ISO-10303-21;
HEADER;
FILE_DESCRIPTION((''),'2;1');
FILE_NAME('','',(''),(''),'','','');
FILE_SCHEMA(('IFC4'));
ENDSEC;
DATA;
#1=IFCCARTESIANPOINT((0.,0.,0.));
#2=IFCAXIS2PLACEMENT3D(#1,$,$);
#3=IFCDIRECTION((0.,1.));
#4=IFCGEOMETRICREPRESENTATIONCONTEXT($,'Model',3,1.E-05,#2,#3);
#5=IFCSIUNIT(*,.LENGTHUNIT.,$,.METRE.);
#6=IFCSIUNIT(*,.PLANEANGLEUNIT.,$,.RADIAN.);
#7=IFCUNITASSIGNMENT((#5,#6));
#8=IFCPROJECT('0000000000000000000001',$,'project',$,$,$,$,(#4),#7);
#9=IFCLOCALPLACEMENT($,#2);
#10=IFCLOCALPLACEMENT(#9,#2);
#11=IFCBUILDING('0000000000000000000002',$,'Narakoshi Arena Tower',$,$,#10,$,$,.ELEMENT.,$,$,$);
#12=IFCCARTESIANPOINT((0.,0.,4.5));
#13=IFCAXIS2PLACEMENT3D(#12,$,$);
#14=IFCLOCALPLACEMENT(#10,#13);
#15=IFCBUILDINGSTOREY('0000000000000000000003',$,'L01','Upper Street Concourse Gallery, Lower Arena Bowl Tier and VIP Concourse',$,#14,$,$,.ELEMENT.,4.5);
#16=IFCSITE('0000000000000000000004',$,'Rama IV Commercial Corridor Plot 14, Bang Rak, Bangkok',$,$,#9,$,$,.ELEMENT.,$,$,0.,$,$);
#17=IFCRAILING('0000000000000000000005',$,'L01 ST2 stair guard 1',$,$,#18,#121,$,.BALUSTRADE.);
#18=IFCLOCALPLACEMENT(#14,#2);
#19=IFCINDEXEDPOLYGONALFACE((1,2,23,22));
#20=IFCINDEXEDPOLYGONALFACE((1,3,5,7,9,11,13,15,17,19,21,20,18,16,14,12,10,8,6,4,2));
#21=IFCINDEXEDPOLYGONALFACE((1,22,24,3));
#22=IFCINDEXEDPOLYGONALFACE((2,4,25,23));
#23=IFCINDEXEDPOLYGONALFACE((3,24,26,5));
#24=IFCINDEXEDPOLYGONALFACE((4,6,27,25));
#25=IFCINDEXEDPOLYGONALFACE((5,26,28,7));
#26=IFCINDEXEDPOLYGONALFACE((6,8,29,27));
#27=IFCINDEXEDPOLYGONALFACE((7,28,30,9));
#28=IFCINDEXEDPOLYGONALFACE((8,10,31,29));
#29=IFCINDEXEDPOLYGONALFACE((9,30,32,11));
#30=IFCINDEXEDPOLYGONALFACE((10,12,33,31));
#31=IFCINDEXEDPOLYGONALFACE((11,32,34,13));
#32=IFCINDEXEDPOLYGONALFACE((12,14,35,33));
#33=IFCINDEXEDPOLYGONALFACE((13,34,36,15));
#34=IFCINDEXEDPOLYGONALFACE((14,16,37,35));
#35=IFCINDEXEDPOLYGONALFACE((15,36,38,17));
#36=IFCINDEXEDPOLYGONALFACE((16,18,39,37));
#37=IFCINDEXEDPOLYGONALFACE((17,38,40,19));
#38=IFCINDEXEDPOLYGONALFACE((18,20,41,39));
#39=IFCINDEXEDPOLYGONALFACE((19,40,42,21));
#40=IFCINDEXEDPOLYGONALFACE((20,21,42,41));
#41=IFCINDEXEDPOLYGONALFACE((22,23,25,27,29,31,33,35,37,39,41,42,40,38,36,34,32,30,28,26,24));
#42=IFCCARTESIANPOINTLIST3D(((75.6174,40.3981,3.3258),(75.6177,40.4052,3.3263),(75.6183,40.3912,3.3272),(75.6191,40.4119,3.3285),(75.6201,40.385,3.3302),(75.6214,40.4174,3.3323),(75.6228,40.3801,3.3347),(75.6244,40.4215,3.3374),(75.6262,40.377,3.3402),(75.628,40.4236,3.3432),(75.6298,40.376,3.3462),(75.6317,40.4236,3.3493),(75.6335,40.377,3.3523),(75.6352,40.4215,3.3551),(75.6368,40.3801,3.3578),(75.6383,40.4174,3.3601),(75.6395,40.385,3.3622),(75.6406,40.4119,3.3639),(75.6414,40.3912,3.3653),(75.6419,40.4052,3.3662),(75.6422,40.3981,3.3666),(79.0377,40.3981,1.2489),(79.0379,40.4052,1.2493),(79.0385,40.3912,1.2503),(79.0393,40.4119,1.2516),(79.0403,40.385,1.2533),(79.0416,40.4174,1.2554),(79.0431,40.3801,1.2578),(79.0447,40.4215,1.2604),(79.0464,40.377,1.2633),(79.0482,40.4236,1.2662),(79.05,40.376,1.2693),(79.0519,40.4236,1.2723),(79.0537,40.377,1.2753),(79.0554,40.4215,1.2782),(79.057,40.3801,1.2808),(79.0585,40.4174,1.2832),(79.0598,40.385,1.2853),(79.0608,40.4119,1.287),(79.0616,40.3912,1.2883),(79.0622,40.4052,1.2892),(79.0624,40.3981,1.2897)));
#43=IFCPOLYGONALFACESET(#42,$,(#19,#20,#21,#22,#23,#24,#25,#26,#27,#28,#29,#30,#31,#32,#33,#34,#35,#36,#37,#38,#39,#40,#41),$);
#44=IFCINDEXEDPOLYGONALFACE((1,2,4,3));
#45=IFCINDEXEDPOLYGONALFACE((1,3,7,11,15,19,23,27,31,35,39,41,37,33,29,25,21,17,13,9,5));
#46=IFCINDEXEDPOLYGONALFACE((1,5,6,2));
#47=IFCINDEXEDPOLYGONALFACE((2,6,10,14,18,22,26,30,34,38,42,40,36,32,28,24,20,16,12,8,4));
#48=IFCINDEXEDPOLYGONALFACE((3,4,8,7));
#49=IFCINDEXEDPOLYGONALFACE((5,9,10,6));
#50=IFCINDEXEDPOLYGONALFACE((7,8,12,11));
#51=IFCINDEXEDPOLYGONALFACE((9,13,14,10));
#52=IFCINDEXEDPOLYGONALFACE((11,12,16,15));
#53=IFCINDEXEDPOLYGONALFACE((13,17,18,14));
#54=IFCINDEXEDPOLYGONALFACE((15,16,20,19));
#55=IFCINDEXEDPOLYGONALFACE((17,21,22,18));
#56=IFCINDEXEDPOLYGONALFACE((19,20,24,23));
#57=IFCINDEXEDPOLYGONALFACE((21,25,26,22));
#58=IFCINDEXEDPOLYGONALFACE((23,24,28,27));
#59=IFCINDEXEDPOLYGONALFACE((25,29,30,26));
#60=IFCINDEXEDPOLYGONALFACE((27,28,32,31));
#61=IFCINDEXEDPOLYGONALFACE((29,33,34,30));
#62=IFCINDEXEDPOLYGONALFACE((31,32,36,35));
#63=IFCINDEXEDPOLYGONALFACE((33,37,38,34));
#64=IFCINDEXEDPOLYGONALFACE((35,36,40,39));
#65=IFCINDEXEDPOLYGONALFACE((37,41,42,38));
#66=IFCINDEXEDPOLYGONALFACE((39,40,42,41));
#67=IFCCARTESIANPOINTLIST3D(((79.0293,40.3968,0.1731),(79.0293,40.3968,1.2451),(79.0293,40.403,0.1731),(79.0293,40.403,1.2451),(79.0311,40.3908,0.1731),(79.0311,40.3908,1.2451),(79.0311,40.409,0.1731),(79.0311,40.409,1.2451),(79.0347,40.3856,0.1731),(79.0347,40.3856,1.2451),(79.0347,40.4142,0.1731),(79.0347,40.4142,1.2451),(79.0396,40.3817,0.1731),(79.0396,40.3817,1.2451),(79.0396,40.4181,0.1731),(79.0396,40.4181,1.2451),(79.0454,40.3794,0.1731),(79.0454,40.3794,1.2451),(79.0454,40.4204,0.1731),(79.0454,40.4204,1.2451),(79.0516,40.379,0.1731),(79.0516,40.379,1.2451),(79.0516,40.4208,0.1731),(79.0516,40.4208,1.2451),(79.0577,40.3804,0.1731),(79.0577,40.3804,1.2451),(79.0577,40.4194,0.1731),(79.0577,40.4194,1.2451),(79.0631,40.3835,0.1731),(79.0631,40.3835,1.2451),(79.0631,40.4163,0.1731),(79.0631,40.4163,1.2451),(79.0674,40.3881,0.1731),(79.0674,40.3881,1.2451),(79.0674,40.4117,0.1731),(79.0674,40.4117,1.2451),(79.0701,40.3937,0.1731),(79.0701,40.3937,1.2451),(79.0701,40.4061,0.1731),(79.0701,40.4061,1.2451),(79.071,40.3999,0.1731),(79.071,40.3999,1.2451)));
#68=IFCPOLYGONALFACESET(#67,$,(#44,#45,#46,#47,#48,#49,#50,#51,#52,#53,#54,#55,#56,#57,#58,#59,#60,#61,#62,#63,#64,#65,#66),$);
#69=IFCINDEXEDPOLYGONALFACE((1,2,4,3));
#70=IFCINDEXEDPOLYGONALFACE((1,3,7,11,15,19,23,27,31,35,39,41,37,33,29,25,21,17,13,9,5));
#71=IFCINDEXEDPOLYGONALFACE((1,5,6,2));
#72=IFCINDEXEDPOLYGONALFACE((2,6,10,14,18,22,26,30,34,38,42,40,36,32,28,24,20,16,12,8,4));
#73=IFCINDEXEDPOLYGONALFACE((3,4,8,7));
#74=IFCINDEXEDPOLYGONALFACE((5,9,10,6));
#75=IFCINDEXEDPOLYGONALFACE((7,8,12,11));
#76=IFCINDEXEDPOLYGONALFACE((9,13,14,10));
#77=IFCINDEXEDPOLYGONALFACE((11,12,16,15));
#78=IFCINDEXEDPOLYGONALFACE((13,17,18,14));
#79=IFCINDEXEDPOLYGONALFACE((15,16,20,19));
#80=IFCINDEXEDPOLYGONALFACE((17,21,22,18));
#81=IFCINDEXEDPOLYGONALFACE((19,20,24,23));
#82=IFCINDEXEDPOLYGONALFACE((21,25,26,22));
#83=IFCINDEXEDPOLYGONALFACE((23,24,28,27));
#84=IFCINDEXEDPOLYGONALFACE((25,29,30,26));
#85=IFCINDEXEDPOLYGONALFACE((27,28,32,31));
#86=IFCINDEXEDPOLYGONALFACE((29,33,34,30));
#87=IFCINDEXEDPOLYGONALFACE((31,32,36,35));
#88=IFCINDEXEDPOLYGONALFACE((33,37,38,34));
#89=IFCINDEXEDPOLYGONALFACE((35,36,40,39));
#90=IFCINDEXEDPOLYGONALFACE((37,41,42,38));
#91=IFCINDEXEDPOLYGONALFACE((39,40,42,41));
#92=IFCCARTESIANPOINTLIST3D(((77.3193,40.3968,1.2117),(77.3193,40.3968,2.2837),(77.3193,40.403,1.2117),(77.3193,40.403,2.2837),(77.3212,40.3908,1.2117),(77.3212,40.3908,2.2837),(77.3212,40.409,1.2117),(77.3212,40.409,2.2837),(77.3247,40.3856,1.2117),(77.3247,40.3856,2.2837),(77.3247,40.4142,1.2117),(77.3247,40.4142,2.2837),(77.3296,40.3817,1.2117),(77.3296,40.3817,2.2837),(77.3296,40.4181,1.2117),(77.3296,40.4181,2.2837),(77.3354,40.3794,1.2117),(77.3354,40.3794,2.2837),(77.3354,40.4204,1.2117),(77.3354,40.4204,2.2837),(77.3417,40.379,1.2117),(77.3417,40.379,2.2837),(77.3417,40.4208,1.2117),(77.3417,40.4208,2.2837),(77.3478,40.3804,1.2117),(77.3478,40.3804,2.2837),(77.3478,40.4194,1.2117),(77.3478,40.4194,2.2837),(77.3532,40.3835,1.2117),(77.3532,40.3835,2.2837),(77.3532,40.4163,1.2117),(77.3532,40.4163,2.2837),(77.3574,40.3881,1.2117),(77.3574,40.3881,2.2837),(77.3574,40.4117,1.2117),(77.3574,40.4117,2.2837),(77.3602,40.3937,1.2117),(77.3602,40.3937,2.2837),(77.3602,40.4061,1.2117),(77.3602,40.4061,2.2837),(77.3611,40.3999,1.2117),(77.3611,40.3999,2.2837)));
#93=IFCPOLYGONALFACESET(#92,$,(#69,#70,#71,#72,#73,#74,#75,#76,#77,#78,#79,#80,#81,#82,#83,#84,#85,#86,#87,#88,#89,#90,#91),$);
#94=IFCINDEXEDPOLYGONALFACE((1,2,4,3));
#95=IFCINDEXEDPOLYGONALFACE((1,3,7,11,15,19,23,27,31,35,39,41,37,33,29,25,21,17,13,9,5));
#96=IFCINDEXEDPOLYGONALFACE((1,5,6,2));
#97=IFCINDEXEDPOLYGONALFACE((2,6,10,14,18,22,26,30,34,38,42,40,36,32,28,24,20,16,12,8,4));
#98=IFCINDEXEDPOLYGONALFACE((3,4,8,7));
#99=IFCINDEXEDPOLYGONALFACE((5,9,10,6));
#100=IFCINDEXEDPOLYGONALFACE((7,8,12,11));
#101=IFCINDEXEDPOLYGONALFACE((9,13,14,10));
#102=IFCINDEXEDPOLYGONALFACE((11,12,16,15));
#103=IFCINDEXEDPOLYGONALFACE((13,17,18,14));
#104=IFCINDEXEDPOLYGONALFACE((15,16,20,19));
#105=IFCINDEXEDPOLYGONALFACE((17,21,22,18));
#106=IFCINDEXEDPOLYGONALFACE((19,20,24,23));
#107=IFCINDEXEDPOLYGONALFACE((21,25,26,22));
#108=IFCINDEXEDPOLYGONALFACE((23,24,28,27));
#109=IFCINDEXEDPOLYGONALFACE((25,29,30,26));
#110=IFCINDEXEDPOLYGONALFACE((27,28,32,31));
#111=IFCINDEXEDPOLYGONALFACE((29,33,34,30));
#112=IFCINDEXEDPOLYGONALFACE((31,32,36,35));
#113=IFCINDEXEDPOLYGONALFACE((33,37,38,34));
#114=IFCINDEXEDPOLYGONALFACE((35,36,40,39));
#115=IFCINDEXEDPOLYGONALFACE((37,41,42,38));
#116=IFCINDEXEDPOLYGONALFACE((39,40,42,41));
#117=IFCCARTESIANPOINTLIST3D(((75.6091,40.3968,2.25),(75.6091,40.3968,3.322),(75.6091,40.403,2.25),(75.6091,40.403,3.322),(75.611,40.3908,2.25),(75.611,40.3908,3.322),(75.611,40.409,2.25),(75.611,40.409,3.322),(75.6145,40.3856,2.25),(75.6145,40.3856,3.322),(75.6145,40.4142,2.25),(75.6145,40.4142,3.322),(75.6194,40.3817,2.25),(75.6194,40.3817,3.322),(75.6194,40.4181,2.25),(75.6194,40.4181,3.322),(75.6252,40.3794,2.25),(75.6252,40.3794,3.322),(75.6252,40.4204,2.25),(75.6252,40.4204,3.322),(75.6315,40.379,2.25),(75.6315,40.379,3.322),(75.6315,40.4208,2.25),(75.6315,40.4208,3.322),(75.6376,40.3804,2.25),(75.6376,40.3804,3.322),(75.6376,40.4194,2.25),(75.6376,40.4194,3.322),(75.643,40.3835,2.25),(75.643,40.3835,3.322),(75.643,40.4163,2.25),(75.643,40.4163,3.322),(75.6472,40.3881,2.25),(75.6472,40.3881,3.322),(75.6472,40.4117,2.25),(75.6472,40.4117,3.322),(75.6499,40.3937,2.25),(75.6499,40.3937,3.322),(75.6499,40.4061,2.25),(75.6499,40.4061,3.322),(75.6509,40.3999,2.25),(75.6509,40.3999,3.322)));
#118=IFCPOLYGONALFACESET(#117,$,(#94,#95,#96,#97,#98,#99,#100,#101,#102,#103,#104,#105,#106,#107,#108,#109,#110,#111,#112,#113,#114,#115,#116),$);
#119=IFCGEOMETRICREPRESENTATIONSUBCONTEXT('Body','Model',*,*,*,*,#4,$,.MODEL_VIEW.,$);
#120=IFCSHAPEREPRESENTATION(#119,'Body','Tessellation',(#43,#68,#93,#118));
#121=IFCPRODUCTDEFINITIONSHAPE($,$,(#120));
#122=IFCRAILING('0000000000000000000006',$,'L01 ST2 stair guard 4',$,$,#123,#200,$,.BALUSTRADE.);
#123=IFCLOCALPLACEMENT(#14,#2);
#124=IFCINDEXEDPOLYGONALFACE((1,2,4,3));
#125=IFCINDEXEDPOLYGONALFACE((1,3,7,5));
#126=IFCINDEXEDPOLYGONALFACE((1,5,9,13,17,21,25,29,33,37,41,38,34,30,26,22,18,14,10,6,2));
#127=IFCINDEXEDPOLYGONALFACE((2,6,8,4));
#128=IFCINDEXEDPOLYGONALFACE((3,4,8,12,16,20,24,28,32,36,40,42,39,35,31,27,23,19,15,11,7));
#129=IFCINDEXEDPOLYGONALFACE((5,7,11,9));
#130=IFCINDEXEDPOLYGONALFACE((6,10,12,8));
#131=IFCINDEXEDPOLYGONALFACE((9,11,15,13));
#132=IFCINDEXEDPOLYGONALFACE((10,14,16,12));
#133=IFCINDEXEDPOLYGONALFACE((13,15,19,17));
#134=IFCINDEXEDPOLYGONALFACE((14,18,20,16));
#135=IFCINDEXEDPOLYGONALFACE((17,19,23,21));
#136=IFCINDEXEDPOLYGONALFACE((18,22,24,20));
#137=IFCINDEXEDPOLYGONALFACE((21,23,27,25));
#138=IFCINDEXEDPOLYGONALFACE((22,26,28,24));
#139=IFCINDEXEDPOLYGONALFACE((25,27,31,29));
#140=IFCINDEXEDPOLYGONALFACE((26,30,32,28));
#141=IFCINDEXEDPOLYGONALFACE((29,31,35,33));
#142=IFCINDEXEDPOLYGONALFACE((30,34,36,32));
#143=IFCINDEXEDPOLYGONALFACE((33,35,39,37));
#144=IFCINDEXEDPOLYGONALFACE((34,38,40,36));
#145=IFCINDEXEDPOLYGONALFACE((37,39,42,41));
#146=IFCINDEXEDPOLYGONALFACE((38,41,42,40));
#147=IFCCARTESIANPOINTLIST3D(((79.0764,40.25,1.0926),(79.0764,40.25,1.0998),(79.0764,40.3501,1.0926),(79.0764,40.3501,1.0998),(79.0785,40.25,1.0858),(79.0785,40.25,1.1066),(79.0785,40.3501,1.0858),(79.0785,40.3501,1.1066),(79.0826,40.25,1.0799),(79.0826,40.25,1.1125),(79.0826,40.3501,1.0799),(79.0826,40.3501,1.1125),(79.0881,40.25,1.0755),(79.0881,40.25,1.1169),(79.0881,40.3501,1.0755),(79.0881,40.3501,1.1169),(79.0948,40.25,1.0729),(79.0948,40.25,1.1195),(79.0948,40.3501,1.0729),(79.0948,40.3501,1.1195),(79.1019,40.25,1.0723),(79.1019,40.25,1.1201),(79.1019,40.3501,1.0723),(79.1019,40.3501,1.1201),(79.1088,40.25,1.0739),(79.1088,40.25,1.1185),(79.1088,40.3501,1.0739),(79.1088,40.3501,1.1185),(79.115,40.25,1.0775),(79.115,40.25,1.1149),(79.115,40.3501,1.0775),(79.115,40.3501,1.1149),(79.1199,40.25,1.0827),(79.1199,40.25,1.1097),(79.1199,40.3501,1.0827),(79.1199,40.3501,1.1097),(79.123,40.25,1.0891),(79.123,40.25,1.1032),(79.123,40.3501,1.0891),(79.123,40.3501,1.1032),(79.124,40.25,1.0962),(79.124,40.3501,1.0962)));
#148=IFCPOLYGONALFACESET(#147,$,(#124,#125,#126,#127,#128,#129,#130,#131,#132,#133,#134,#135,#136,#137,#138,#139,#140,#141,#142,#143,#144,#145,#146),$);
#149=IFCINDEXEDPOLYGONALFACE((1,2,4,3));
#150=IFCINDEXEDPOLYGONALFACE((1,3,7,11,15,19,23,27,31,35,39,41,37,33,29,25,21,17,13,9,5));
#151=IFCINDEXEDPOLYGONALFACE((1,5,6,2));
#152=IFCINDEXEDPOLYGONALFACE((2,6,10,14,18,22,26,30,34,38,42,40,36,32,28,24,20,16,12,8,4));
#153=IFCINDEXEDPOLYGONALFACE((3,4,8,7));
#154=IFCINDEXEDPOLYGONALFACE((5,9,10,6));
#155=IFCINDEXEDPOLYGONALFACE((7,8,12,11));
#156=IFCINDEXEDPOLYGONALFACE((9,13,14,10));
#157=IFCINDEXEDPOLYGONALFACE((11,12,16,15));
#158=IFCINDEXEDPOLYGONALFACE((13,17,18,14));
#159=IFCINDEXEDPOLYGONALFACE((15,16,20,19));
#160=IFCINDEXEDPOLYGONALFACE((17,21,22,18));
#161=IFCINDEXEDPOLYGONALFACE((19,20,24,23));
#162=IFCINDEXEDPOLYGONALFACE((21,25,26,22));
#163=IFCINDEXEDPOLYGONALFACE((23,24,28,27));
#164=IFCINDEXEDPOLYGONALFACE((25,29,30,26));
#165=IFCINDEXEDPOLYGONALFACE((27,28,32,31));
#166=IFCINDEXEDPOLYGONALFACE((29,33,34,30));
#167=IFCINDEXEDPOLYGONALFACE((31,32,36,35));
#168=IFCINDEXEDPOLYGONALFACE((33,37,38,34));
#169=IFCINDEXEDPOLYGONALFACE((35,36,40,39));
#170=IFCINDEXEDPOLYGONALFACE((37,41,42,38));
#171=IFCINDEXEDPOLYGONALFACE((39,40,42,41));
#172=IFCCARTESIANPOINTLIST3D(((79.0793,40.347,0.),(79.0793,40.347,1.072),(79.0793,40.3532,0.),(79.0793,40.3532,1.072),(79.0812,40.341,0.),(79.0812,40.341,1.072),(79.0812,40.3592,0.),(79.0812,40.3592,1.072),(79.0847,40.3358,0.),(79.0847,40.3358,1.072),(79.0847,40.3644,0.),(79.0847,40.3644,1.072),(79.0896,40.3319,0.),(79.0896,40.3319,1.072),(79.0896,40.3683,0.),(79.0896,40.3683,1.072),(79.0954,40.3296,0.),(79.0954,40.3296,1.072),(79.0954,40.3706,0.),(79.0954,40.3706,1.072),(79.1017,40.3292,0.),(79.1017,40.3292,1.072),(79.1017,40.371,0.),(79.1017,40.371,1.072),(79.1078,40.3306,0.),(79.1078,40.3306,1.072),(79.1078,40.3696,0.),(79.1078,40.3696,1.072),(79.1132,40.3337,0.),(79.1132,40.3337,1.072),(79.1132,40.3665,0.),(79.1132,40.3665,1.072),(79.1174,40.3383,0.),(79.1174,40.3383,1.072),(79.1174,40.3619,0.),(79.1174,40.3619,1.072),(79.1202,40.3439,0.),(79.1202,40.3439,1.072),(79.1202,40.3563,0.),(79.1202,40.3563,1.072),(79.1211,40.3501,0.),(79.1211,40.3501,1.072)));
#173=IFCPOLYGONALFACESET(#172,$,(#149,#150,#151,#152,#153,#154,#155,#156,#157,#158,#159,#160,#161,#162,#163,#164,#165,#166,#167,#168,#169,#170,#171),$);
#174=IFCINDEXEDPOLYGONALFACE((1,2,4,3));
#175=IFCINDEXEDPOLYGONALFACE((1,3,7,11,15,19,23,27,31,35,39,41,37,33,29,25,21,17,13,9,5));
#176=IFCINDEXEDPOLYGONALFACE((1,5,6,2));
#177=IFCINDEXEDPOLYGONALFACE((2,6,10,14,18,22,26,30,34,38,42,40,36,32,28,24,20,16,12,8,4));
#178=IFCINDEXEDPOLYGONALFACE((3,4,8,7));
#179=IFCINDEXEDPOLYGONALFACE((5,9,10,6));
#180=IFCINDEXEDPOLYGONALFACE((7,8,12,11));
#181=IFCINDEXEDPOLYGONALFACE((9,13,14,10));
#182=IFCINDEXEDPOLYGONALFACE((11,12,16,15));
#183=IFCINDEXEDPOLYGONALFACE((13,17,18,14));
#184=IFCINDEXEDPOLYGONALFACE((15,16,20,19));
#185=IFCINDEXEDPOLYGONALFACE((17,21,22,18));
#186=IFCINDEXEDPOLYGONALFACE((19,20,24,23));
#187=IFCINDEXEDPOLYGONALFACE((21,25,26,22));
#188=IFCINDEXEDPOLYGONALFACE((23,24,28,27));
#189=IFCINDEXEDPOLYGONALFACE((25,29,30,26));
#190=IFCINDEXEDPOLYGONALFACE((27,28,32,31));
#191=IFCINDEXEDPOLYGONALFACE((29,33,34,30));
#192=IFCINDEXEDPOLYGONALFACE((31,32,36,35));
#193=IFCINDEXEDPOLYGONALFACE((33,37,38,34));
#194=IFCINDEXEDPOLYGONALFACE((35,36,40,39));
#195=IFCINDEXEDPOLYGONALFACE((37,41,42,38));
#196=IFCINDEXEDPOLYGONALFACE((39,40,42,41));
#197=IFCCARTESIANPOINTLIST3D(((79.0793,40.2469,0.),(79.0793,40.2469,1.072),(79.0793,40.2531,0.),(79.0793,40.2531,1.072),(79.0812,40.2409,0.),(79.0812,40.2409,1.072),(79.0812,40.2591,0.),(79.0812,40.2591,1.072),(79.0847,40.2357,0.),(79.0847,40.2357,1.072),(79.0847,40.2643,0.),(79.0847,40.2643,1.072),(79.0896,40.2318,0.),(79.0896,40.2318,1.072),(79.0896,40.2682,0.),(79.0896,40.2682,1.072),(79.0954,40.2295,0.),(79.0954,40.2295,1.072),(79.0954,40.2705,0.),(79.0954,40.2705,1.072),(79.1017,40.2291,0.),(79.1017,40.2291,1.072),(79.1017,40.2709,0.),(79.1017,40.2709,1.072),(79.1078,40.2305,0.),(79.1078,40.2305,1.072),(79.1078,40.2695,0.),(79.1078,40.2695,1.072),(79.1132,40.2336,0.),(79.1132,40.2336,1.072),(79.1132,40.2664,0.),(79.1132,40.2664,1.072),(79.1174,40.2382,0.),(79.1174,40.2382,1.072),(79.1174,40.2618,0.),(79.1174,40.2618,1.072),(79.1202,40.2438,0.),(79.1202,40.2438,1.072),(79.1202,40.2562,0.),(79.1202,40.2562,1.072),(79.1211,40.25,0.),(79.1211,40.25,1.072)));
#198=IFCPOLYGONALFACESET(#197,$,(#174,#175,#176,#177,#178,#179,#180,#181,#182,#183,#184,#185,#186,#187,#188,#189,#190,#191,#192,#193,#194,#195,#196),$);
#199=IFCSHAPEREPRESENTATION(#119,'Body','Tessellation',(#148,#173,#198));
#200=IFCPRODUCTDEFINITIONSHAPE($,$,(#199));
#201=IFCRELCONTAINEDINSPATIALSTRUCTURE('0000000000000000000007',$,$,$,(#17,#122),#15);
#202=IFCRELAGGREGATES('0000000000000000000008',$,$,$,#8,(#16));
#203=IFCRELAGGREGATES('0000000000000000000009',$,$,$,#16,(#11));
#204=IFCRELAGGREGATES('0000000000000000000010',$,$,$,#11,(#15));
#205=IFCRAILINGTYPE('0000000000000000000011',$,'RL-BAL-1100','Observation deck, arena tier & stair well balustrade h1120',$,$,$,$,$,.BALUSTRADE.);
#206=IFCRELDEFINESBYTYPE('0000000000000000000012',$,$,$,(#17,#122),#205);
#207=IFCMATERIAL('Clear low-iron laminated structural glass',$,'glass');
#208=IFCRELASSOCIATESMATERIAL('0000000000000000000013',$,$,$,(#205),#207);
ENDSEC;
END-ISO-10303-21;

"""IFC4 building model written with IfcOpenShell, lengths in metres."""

from ifc_helpers import new_model, si_unit, direction, frame, origin, origin_2d, place, context, subcontext, project, spatial, circle, extrude, material, type_object, element, save


model = new_model("IFC4")

# Units and contexts
model_context = context("Model", 3, precision=1e-05, world=origin(), true_north=direction((0.0, 1.0)))
body_context = subcontext(model_context, "Body", "Model", "MODEL_VIEW")
ifc_project = project(units=[si_unit("LENGTHUNIT", "METRE"), si_unit("PLANEANGLEUNIT", "RADIAN")], contexts=[model_context])

# Site, building, storey
site_placement = place(None, origin())
site = spatial("IfcSite", under=ifc_project, at=site_placement, Name="Rama IV Commercial Corridor Plot 14, Bang Rak, Bangkok", CompositionType="ELEMENT", RefElevation=0.0)
building_placement = place(site_placement, origin())
building = spatial("IfcBuilding", under=site, at=building_placement, Name="Narakoshi Arena Tower", CompositionType="ELEMENT")
storey_placement = place(building_placement, frame((0.0, 0.0, 4.5)))
storey = spatial("IfcBuildingStorey", under=building, at=storey_placement, Name="L01", Description="Upper Street Concourse Gallery, Lower Arena Bowl Tier and VIP Concourse", CompositionType="ELEMENT", Elevation=4.5)

# Railings
ifc_material_1 = material(Name="Clear low-iron laminated structural glass", Category="glass")
railing_type_1 = type_object("IfcRailingType", Name="RL-BAL-1100", Description="Observation deck, arena tier & stair well balustrade h1120", PredefinedType="BALUSTRADE", material=ifc_material_1)
for number, where, name in (
    (1, (79.05, 40.3999, 0.1731), "L01 ST2 stair guard 1"),
):
    element("IfcRailing", number, at=place(storey_placement, frame(where)), inside=storey, type_object=railing_type_1, Name=name, PredefinedType="BALUSTRADE", context=body_context, shape_type="SweptSolid", body=[
        extrude(circle(Radius=0.0239, at=origin_2d()), frame((0.0, 0.0, 1.0962), z_axis=(-0.854746, 0.0, 0.519047), x_axis=(0.0, -1.0, 0.0)), (0.0, 0.0, 1.0), 4.0015),
        extrude(circle(Radius=0.021, at=origin_2d()), origin(), (0.0, 0.0, 1.0), 1.072),
        extrude(circle(Radius=0.021, at=origin_2d()), frame((-1.71, 0.0, 1.0386)), (0.0, 0.0, 1.0), 1.072),
        extrude(circle(Radius=0.021, at=origin_2d()), frame((-3.4202, 0.0, 2.0769)), (0.0, 0.0, 1.0), 1.072),
    ])
railing_1_placement = place(storey_placement, frame((79.1001, 40.3501, 0.0)))
element("IfcRailing", 2, at=railing_1_placement, inside=storey, type_object=railing_type_1, Name="L01 ST2 stair guard 4", PredefinedType="BALUSTRADE", context=body_context, shape_type="SweptSolid", body=[
    extrude(circle(Radius=0.0239, at=origin_2d()), frame((0.0, 0.0, 1.0962), z_axis=(0.0, -1.0, 0.0), x_axis=(1.0, 0.0, 0.0)), (0.0, 0.0, 1.0), 0.1001),
    extrude(circle(Radius=0.021, at=origin_2d()), origin(), (0.0, 0.0, 1.0), 1.072),
    extrude(circle(Radius=0.021, at=origin_2d()), frame((0.0, -0.1001, 0.0)), (0.0, 0.0, 1.0), 1.072),
])

save(model, "model.ifc")
